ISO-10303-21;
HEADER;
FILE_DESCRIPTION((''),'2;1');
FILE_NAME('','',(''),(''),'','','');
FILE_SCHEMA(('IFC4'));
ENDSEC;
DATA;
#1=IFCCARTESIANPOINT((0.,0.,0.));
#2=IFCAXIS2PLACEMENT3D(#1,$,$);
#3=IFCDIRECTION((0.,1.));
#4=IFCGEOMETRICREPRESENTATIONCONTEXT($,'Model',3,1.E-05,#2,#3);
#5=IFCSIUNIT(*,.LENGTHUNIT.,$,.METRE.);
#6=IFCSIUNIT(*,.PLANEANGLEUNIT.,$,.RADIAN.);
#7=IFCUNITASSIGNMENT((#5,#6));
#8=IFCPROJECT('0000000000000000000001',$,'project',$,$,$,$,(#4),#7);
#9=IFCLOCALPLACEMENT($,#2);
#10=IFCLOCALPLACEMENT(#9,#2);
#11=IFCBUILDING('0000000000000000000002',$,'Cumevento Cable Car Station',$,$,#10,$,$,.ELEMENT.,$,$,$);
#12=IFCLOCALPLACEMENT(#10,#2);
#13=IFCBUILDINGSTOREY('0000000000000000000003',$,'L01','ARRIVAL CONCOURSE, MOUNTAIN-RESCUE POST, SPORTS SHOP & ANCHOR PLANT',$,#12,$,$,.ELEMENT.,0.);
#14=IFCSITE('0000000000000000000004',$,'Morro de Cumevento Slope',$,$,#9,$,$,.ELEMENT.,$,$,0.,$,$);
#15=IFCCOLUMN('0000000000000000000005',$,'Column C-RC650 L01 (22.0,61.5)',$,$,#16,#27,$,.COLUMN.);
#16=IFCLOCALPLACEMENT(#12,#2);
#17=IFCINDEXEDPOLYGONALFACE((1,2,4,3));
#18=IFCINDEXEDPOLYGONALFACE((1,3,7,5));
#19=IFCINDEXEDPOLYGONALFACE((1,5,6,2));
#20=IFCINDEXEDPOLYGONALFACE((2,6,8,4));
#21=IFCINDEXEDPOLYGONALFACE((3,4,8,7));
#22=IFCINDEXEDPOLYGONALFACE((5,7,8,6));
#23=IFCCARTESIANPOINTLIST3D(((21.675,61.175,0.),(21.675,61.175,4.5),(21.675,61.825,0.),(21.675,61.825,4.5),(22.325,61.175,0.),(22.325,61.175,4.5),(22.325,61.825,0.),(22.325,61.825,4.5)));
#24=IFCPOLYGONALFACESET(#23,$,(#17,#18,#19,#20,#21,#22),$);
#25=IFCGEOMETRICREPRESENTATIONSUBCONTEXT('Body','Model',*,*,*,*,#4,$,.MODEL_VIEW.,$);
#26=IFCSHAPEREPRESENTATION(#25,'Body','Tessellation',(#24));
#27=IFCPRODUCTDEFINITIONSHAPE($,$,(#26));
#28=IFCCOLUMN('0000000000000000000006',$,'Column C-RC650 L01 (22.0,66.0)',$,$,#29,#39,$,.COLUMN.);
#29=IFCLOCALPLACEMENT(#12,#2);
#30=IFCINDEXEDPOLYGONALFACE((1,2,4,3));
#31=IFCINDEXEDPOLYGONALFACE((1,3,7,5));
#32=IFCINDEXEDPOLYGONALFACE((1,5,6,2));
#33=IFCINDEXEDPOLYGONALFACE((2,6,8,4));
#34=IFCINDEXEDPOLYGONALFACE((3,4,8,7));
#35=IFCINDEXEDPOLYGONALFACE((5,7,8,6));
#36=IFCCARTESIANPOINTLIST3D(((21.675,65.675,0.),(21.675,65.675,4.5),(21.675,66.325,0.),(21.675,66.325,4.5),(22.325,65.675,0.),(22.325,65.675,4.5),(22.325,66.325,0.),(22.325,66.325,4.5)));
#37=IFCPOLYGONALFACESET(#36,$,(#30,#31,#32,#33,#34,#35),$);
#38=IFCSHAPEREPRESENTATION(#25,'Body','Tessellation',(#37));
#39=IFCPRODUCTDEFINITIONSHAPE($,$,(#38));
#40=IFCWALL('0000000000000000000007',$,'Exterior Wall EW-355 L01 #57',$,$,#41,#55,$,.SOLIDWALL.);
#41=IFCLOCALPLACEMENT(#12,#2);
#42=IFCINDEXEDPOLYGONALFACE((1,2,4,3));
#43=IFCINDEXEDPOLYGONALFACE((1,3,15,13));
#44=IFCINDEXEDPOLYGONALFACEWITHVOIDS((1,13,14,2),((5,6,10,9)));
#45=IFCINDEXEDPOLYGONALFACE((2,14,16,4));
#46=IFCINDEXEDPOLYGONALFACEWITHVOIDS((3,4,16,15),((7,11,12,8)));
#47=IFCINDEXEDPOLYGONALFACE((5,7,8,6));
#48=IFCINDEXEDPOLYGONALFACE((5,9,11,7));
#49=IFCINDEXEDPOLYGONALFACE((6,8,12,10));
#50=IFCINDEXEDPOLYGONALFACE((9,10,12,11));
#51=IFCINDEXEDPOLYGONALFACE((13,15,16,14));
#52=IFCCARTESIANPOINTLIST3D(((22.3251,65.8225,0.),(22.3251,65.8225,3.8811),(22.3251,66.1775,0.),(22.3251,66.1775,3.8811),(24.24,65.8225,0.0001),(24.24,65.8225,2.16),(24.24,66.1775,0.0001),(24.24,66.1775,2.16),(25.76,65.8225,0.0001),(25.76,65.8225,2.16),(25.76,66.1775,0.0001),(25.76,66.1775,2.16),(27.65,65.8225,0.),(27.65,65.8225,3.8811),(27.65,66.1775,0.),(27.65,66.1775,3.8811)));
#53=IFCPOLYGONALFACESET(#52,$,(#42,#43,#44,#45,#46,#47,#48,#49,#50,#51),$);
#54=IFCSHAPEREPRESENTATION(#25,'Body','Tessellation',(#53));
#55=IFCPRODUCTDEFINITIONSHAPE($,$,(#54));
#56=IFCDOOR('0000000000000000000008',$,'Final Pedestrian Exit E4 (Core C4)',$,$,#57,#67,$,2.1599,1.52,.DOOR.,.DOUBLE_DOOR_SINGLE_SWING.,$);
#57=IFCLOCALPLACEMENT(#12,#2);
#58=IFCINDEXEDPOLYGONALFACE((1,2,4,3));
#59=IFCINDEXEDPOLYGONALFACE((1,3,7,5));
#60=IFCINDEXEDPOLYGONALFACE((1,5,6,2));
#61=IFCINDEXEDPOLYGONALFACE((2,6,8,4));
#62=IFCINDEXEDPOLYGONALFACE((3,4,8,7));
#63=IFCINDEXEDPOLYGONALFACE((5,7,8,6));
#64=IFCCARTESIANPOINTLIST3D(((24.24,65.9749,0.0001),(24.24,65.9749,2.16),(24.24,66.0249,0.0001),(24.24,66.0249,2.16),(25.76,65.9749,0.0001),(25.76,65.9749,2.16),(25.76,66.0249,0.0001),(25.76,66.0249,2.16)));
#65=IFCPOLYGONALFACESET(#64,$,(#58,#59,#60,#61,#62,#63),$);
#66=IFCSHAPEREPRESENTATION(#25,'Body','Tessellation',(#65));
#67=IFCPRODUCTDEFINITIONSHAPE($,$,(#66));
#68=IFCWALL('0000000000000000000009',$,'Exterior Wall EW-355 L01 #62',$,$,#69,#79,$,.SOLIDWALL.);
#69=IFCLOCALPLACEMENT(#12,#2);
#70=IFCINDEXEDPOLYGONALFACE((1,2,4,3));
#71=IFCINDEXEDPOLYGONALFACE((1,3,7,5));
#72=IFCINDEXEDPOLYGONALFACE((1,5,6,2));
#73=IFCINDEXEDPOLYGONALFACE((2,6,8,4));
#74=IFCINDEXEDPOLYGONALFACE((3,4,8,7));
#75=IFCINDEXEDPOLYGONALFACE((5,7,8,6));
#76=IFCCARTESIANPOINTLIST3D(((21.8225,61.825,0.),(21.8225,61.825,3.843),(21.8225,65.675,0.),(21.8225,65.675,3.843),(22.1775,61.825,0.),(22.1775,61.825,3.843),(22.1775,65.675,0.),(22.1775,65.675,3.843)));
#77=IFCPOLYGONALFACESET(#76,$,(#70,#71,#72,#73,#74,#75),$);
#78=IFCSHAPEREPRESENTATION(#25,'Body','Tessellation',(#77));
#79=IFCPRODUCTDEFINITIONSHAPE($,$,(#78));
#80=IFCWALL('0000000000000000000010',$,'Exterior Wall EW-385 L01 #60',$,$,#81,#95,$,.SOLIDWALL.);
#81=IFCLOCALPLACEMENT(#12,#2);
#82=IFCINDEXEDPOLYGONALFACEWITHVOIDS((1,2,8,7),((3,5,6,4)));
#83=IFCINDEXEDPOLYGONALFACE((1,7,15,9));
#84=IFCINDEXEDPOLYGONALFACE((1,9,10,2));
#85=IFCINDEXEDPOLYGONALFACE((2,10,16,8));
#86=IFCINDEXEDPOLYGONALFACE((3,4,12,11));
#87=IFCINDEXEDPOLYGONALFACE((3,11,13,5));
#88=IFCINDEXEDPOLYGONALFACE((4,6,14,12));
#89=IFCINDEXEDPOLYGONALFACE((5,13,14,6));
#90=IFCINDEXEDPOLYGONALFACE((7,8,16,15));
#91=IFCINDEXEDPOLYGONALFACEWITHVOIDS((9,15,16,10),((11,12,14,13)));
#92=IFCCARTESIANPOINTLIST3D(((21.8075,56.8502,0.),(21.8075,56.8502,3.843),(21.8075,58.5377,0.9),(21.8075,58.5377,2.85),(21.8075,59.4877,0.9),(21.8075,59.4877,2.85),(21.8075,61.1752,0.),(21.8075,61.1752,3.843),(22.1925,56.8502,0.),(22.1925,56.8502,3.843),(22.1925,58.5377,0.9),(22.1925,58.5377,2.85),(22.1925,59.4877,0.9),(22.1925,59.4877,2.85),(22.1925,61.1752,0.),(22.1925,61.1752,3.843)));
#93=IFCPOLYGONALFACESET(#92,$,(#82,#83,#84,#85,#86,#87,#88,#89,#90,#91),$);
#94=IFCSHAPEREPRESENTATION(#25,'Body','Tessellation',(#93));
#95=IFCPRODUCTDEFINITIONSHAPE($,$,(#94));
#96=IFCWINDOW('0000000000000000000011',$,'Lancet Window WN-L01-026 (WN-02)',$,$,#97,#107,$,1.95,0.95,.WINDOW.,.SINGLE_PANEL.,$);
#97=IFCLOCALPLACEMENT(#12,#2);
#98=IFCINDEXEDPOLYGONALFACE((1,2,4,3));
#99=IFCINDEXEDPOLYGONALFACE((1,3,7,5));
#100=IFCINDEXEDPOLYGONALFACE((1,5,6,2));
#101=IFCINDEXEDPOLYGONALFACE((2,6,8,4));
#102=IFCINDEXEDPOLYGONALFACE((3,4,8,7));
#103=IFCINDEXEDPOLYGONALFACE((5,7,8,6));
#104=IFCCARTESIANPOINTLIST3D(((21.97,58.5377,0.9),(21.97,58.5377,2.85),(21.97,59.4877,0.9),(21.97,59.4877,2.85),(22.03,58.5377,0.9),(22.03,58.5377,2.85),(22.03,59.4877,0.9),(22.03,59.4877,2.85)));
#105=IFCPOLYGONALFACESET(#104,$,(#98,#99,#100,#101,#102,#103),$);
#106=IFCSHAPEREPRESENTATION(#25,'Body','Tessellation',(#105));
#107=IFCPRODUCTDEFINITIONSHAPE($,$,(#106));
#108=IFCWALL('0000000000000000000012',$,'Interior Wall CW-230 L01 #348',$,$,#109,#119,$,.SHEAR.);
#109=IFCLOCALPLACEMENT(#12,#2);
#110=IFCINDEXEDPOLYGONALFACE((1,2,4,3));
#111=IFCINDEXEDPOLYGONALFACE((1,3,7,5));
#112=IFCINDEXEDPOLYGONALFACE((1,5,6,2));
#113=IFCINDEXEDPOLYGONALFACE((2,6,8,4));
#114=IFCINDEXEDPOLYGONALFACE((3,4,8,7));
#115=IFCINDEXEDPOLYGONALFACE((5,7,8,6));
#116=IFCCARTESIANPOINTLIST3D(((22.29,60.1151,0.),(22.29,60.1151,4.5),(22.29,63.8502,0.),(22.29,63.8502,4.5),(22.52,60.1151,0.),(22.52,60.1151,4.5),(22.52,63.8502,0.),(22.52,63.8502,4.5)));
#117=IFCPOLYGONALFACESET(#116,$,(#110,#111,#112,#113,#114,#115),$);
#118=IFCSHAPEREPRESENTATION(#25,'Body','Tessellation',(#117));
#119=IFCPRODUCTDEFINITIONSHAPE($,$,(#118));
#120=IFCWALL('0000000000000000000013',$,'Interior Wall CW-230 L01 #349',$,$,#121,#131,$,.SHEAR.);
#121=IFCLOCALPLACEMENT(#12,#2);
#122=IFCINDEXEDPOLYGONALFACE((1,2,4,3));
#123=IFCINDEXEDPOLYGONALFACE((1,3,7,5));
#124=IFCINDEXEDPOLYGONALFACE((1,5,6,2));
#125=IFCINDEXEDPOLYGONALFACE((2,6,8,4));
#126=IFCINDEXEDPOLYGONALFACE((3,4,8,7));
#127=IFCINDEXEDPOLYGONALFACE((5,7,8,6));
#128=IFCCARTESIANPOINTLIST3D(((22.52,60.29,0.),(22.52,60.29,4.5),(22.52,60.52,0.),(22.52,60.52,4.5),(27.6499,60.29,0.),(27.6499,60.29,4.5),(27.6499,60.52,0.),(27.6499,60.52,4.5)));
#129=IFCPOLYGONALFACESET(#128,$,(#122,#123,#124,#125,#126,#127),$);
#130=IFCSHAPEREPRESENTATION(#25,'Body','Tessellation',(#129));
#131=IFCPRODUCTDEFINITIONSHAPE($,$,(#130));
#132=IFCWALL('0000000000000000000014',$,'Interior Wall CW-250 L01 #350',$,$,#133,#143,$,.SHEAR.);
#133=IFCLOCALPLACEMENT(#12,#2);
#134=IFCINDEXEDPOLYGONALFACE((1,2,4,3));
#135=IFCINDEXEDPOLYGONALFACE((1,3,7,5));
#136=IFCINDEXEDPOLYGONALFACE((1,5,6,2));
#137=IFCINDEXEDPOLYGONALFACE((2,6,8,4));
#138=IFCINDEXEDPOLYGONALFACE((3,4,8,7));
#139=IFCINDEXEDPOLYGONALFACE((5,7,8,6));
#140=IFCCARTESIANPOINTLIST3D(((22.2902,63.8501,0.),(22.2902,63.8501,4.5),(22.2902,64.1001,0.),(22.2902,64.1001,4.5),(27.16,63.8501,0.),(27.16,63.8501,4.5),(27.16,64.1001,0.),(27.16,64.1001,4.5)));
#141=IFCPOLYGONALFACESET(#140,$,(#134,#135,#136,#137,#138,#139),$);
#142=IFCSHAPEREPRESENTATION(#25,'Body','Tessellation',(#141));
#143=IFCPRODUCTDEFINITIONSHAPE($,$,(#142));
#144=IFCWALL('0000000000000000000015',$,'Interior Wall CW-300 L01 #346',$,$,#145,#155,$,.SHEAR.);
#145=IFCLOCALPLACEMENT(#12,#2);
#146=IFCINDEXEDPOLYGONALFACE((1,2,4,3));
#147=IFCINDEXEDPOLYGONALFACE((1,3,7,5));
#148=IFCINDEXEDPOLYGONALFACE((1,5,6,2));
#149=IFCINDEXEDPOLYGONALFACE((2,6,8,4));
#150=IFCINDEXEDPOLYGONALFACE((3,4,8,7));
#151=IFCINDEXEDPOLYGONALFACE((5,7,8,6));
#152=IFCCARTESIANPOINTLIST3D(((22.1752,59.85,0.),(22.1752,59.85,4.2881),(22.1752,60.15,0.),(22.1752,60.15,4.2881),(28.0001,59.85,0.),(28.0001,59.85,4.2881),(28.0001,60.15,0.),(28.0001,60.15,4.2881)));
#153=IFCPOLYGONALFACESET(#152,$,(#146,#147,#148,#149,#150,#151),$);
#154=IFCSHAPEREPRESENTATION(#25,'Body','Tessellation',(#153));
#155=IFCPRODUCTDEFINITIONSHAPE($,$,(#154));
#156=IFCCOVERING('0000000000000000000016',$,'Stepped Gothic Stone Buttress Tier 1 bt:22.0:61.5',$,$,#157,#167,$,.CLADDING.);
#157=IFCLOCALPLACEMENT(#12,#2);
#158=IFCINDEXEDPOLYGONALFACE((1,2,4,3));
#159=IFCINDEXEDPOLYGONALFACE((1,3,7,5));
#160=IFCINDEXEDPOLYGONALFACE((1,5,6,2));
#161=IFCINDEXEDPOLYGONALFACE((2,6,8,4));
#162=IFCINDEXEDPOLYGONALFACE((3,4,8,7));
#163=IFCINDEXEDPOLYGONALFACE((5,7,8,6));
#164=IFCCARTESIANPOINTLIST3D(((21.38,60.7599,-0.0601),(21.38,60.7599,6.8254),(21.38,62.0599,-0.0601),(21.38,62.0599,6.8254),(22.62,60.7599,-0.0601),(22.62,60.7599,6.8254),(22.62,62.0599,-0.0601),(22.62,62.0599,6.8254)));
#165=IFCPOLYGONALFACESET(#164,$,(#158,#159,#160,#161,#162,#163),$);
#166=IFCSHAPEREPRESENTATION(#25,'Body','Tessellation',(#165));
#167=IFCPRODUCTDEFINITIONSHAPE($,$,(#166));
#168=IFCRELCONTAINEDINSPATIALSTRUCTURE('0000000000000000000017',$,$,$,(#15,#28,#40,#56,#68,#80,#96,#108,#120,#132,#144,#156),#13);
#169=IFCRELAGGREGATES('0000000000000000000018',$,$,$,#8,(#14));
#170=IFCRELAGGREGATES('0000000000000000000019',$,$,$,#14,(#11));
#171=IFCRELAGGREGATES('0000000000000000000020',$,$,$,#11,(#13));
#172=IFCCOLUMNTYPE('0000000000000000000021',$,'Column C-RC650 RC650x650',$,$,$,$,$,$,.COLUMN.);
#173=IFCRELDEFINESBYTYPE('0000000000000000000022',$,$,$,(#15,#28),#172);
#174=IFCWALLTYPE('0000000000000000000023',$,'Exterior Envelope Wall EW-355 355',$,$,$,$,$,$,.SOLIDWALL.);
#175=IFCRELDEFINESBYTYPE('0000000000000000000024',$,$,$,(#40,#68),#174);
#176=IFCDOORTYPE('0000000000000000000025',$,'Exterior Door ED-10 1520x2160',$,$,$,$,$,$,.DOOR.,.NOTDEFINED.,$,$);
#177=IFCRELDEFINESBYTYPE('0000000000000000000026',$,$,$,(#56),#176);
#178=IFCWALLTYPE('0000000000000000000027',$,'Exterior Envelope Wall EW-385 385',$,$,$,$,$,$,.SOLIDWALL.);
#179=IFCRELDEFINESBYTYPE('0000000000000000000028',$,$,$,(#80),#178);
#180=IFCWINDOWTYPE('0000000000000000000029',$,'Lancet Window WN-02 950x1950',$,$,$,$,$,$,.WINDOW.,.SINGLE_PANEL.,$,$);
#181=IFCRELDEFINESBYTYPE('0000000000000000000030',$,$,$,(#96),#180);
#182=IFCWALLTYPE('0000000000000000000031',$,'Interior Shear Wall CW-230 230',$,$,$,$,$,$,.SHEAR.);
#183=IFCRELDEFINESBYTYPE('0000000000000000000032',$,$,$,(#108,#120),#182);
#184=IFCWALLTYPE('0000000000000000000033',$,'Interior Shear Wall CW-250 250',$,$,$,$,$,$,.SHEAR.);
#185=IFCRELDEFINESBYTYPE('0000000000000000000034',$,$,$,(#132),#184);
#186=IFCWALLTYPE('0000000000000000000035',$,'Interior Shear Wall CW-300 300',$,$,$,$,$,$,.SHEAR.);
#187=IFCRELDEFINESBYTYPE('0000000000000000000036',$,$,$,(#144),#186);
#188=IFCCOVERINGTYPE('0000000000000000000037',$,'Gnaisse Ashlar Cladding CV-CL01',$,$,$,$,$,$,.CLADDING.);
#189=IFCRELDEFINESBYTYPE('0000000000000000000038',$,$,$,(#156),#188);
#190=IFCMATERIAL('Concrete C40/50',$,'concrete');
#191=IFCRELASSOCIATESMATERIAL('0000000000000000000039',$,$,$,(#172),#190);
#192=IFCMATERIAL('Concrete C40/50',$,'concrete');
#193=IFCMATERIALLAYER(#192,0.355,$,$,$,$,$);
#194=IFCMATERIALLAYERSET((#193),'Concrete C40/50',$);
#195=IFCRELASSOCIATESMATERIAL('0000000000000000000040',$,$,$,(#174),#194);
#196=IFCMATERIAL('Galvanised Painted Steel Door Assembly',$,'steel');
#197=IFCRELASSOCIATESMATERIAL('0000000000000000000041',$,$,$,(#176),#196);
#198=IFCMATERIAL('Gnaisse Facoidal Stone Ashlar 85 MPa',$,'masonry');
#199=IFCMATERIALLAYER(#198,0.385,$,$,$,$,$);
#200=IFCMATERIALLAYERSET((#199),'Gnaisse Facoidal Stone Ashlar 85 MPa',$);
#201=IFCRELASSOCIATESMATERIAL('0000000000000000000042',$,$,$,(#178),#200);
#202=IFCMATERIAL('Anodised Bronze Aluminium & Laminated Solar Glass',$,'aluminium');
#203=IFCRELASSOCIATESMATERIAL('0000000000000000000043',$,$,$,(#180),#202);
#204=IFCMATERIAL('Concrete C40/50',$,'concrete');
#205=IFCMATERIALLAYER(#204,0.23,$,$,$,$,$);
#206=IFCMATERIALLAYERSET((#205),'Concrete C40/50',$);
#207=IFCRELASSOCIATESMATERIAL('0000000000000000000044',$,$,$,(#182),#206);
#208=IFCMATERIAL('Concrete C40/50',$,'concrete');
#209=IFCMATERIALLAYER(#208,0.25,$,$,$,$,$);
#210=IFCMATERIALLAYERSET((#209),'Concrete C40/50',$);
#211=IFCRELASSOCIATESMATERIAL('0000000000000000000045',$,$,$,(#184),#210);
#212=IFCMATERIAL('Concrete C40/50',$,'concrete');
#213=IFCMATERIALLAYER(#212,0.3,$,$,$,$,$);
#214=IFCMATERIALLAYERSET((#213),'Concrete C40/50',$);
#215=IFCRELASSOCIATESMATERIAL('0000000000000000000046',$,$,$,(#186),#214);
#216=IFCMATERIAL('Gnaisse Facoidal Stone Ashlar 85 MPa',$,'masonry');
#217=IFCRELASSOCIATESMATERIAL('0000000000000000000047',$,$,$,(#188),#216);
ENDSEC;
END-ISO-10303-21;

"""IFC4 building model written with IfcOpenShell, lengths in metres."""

from ifc_helpers import new_model, si_unit, direction, frame, frame_2d, origin, origin_2d, place, context, subcontext, project, spatial, rectangle, extrude, material, layer, layer_set, material_profile, profile_set, type_object, element, fill, save


model = new_model("IFC4")

# Units and contexts
model_context = context("Model", 3, precision=1e-05, world=origin(), true_north=direction((0.0, 1.0)))
body_context = subcontext(model_context, "Body", "Model", "MODEL_VIEW")
ifc_project = project(units=[si_unit("LENGTHUNIT", "METRE"), si_unit("PLANEANGLEUNIT", "RADIAN")], contexts=[model_context])

# Site, building, storey
site_placement = place(None, origin())
site = spatial("IfcSite", under=ifc_project, at=site_placement, Name="Morro de Cumevento Slope", CompositionType="ELEMENT", RefElevation=0.0)
building_placement = place(site_placement, origin())
building = spatial("IfcBuilding", under=site, at=building_placement, Name="Cumevento Cable Car Station", CompositionType="ELEMENT")
storey_placement = place(building_placement, origin())
storey = spatial("IfcBuildingStorey", under=building, at=storey_placement, Name="L01", Description="ARRIVAL CONCOURSE, MOUNTAIN-RESCUE POST, SPORTS SHOP & ANCHOR PLANT", CompositionType="ELEMENT", Elevation=0.0)

# Columns
ifc_material_1 = material(Name="Concrete C40/50", Category="concrete")
ifc_material_profile_1 = material_profile(ifc_material_1, rectangle(XDim=0.6499, YDim=0.6499, at=origin_2d()), Name="RC650x650")
ifc_profile_set_1 = profile_set([ifc_material_profile_1], Name="Concrete C40/50")
column_type = type_object("IfcColumnType", Name="Column C-RC650 RC650x650", PredefinedType="COLUMN", material=ifc_profile_set_1)
for number, where, z_axis, x_axis, name in (
    (1, (22.0, 61.5, 0.0), (0.0, 0.0, 1.0), (1.0, 0.0, 0.0), "Column C-RC650 L01 (22.0,61.5)"),
    (2, (22.0, 66.0, 0.0), (0.0, 0.0, 1.0), (1.0, 0.0, 0.0), "Column C-RC650 L01 (22.0,66.0)"),
):
    element("IfcColumn", number, at=place(storey_placement, frame(where, z_axis=z_axis, x_axis=x_axis)), inside=storey, type_object=column_type, Name=name, PredefinedType="COLUMN", context=body_context, shape_type="SweptSolid", body=[
        extrude(rectangle(XDim=0.6499, YDim=0.6499, at=origin_2d()), origin(), (0.0, 0.0, 1.0), 4.5),
    ])

# Wall, opening, door
ifc_material_2 = material(Name="Concrete C40/50", Category="concrete")
ifc_layer_1 = layer(ifc_material_2, 0.355)
ifc_layer_set_1 = layer_set([ifc_layer_1], Name="Concrete C40/50")
wall_type_1 = type_object("IfcWallType", Name="Exterior Envelope Wall EW-355 355", PredefinedType="SOLIDWALL", material=ifc_layer_set_1)
wall_1_placement = place(storey_placement, frame((22.325, 66.0, 0.0), z_axis=(0.0, 0.0, 1.0), x_axis=(1.0, 0.0, 0.0)))
wall_1 = element("IfcWall", 3, at=wall_1_placement, inside=storey, type_object=wall_type_1, Name="Exterior Wall EW-355 L01 #57", PredefinedType="SOLIDWALL", context=body_context, shape_type="SweptSolid", body=[
    extrude(rectangle(XDim=5.325, YDim=0.355, at=frame_2d((2.6626, 0.0))), origin(), (0.0, 0.0, 1.0), 3.8811),
])
opening_1_placement = place(wall_1_placement, frame((1.915, 0.0, 0.0)))
opening_1 = element("IfcOpeningElement", 4, at=opening_1_placement, cuts=wall_1, PredefinedType="OPENING", context=body_context, shape_type="SweptSolid", body=[
    extrude(rectangle(XDim=1.52, YDim=2.1599, at=frame_2d((0.76, 1.0801))), frame((0.0, 0.1875, 0.0), z_axis=(0.0, -1.0, 0.0), x_axis=(1.0, 0.0, 0.0)), (0.0, 0.0, 1.0), 0.375),
])
ifc_material_3 = material(Name="Galvanised Painted Steel Door Assembly", Category="steel")
door_type = type_object("IfcDoorType", Name="Exterior Door ED-10 1520x2160", OperationType="NOTDEFINED", PredefinedType="DOOR", material=ifc_material_3)
door_placement = place(opening_1_placement, origin())
door = element("IfcDoor", 5, at=door_placement, inside=storey, type_object=door_type, Name="Final Pedestrian Exit E4 (Core C4)", OperationType="DOUBLE_DOOR_SINGLE_SWING", OverallHeight=2.1599, OverallWidth=1.52, PredefinedType="DOOR", context=body_context, shape_type="SweptSolid", body=[
    extrude(rectangle(XDim=1.52, YDim=2.1599, at=frame_2d((0.76, 1.0801))), frame((0.0, 0.0249, 0.0), z_axis=(0.0, -1.0, 0.0), x_axis=(1.0, 0.0, 0.0)), (0.0, 0.0, 1.0), 0.05),
])
fill(opening_1, door)

# Wall
wall_2_placement = place(storey_placement, frame((22.0, 61.825, 0.0), z_axis=(0.0, 0.0, 1.0), x_axis=(0.0, 1.0, 0.0)))
element("IfcWall", 6, at=wall_2_placement, inside=storey, type_object=wall_type_1, Name="Exterior Wall EW-355 L01 #62", PredefinedType="SOLIDWALL", context=body_context, shape_type="SweptSolid", body=[
    extrude(rectangle(XDim=3.8501, YDim=0.355, at=frame_2d((1.925, 0.0))), origin(), (0.0, 0.0, 1.0), 3.843),
])

# Wall, opening, window
ifc_material_4 = material(Name="Gnaisse Facoidal Stone Ashlar 85 MPa", Category="masonry")
ifc_layer_2 = layer(ifc_material_4, 0.385)
ifc_layer_set_2 = layer_set([ifc_layer_2], Name="Gnaisse Facoidal Stone Ashlar 85 MPa")
wall_type_2 = type_object("IfcWallType", Name="Exterior Envelope Wall EW-385 385", PredefinedType="SOLIDWALL", material=ifc_layer_set_2)
wall_3_placement = place(storey_placement, frame((22.0, 56.8501, 0.0), z_axis=(0.0, 0.0, 1.0), x_axis=(0.0, 1.0, 0.0)))
wall_3 = element("IfcWall", 7, at=wall_3_placement, inside=storey, type_object=wall_type_2, Name="Exterior Wall EW-385 L01 #60", PredefinedType="SOLIDWALL", context=body_context, shape_type="SweptSolid", body=[
    extrude(rectangle(XDim=4.325, YDim=0.385, at=frame_2d((2.1626, 0.0))), origin(), (0.0, 0.0, 1.0), 3.843),
])
opening_2_placement = place(wall_3_placement, frame((1.6875, 0.0, 0.8999)))
opening_2 = element("IfcOpeningElement", 8, at=opening_2_placement, cuts=wall_3, PredefinedType="OPENING", context=body_context, shape_type="SweptSolid", body=[
    extrude(rectangle(XDim=0.95, YDim=1.95, at=frame_2d((0.4751, 0.9751))), frame((0.0, 0.2024, 0.0), z_axis=(0.0, -1.0, 0.0), x_axis=(1.0, 0.0, 0.0)), (0.0, 0.0, 1.0), 0.405),
])
ifc_material_5 = material(Name="Anodised Bronze Aluminium & Laminated Solar Glass", Category="aluminium")
window_type = type_object("IfcWindowType", Name="Lancet Window WN-02 950x1950", PartitioningType="SINGLE_PANEL", PredefinedType="WINDOW", material=ifc_material_5)
window_placement = place(opening_2_placement, origin())
window = element("IfcWindow", 9, at=window_placement, inside=storey, type_object=window_type, Name="Lancet Window WN-L01-026 (WN-02)", OverallHeight=1.95, OverallWidth=0.95, PartitioningType="SINGLE_PANEL", PredefinedType="WINDOW", context=body_context, shape_type="SweptSolid", body=[
    extrude(rectangle(XDim=0.95, YDim=1.95, at=frame_2d((0.4751, 0.9751))), frame((0.0, 0.03, 0.0), z_axis=(0.0, -1.0, 0.0), x_axis=(1.0, 0.0, 0.0)), (0.0, 0.0, 1.0), 0.0601),
])
fill(opening_2, window)

# Walls
ifc_material_6 = material(Name="Concrete C40/50", Category="concrete")
ifc_layer_3 = layer(ifc_material_6, 0.23)
ifc_layer_set_3 = layer_set([ifc_layer_3], Name="Concrete C40/50")
wall_type_3 = type_object("IfcWallType", Name="Interior Shear Wall CW-230 230", PredefinedType="SHEAR", material=ifc_layer_set_3)
wall_4_placement = place(storey_placement, frame((22.405, 60.115, 0.0), z_axis=(0.0, 0.0, 1.0), x_axis=(0.0, 1.0, 0.0)))
element("IfcWall", 10, at=wall_4_placement, inside=storey, type_object=wall_type_3, Name="Interior Wall CW-230 L01 #348", PredefinedType="SHEAR", context=body_context, shape_type="SweptSolid", body=[
    extrude(rectangle(XDim=3.7351, YDim=0.23, at=frame_2d((1.8677, 0.0))), origin(), (0.0, 0.0, 1.0), 4.5),
])
wall_5_placement = place(storey_placement, frame((22.52, 60.405, 0.0), z_axis=(0.0, 0.0, 1.0), x_axis=(1.0, 0.0, 0.0)))
element("IfcWall", 11, at=wall_5_placement, inside=storey, type_object=wall_type_3, Name="Interior Wall CW-230 L01 #349", PredefinedType="SHEAR", context=body_context, shape_type="SweptSolid", body=[
    extrude(rectangle(XDim=5.1299, YDim=0.23, at=frame_2d((2.5649, 0.0))), origin(), (0.0, 0.0, 1.0), 4.5),
])
ifc_material_7 = material(Name="Concrete C40/50", Category="concrete")
ifc_layer_4 = layer(ifc_material_7, 0.25)
ifc_layer_set_4 = layer_set([ifc_layer_4], Name="Concrete C40/50")
wall_type_4 = type_object("IfcWallType", Name="Interior Shear Wall CW-250 250", PredefinedType="SHEAR", material=ifc_layer_set_4)
wall_6_placement = place(storey_placement, frame((22.29, 63.9751, 0.0), z_axis=(0.0, 0.0, 1.0), x_axis=(1.0, 0.0, 0.0)))
element("IfcWall", 12, at=wall_6_placement, inside=storey, type_object=wall_type_4, Name="Interior Wall CW-250 L01 #350", PredefinedType="SHEAR", context=body_context, shape_type="SweptSolid", body=[
    extrude(rectangle(XDim=4.8699, YDim=0.25, at=frame_2d((2.4351, 0.0))), origin(), (0.0, 0.0, 1.0), 4.5),
])
ifc_material_8 = material(Name="Concrete C40/50", Category="concrete")
ifc_layer_5 = layer(ifc_material_8, 0.3)
ifc_layer_set_5 = layer_set([ifc_layer_5], Name="Concrete C40/50")
wall_type_5 = type_object("IfcWallType", Name="Interior Shear Wall CW-300 300", PredefinedType="SHEAR", material=ifc_layer_set_5)
wall_7_placement = place(storey_placement, frame((22.175, 60.0, 0.0), z_axis=(0.0, 0.0, 1.0), x_axis=(1.0, 0.0, 0.0)))
element("IfcWall", 13, at=wall_7_placement, inside=storey, type_object=wall_type_5, Name="Interior Wall CW-300 L01 #346", PredefinedType="SHEAR", context=body_context, shape_type="SweptSolid", body=[
    extrude(rectangle(XDim=5.825, YDim=0.3, at=frame_2d((2.9126, 0.0))), origin(), (0.0, 0.0, 1.0), 4.2881),
])

# Covering
ifc_material_9 = material(Name="Gnaisse Facoidal Stone Ashlar 85 MPa", Category="masonry")
covering_type = type_object("IfcCoveringType", Name="Gnaisse Ashlar Cladding CV-CL01", PredefinedType="CLADDING", material=ifc_material_9)
for number, where, z_axis, x_axis, name in (
    (14, (22.0, 61.4099, -0.0601), (0.0, 0.0, 1.0), (1.0, 0.0, 0.0), "Stepped Gothic Stone Buttress Tier 1 bt:22.0:61.5"),
):
    element("IfcCovering", number, at=place(storey_placement, frame(where, z_axis=z_axis, x_axis=x_axis)), inside=storey, type_object=covering_type, Name=name, PredefinedType="CLADDING", context=body_context, shape_type="SweptSolid", body=[
        extrude(rectangle(XDim=1.24, YDim=1.3, at=origin_2d()), origin(), (0.0, 0.0, 1.0), 6.8855),
    ])

save(model, "model.ifc")
